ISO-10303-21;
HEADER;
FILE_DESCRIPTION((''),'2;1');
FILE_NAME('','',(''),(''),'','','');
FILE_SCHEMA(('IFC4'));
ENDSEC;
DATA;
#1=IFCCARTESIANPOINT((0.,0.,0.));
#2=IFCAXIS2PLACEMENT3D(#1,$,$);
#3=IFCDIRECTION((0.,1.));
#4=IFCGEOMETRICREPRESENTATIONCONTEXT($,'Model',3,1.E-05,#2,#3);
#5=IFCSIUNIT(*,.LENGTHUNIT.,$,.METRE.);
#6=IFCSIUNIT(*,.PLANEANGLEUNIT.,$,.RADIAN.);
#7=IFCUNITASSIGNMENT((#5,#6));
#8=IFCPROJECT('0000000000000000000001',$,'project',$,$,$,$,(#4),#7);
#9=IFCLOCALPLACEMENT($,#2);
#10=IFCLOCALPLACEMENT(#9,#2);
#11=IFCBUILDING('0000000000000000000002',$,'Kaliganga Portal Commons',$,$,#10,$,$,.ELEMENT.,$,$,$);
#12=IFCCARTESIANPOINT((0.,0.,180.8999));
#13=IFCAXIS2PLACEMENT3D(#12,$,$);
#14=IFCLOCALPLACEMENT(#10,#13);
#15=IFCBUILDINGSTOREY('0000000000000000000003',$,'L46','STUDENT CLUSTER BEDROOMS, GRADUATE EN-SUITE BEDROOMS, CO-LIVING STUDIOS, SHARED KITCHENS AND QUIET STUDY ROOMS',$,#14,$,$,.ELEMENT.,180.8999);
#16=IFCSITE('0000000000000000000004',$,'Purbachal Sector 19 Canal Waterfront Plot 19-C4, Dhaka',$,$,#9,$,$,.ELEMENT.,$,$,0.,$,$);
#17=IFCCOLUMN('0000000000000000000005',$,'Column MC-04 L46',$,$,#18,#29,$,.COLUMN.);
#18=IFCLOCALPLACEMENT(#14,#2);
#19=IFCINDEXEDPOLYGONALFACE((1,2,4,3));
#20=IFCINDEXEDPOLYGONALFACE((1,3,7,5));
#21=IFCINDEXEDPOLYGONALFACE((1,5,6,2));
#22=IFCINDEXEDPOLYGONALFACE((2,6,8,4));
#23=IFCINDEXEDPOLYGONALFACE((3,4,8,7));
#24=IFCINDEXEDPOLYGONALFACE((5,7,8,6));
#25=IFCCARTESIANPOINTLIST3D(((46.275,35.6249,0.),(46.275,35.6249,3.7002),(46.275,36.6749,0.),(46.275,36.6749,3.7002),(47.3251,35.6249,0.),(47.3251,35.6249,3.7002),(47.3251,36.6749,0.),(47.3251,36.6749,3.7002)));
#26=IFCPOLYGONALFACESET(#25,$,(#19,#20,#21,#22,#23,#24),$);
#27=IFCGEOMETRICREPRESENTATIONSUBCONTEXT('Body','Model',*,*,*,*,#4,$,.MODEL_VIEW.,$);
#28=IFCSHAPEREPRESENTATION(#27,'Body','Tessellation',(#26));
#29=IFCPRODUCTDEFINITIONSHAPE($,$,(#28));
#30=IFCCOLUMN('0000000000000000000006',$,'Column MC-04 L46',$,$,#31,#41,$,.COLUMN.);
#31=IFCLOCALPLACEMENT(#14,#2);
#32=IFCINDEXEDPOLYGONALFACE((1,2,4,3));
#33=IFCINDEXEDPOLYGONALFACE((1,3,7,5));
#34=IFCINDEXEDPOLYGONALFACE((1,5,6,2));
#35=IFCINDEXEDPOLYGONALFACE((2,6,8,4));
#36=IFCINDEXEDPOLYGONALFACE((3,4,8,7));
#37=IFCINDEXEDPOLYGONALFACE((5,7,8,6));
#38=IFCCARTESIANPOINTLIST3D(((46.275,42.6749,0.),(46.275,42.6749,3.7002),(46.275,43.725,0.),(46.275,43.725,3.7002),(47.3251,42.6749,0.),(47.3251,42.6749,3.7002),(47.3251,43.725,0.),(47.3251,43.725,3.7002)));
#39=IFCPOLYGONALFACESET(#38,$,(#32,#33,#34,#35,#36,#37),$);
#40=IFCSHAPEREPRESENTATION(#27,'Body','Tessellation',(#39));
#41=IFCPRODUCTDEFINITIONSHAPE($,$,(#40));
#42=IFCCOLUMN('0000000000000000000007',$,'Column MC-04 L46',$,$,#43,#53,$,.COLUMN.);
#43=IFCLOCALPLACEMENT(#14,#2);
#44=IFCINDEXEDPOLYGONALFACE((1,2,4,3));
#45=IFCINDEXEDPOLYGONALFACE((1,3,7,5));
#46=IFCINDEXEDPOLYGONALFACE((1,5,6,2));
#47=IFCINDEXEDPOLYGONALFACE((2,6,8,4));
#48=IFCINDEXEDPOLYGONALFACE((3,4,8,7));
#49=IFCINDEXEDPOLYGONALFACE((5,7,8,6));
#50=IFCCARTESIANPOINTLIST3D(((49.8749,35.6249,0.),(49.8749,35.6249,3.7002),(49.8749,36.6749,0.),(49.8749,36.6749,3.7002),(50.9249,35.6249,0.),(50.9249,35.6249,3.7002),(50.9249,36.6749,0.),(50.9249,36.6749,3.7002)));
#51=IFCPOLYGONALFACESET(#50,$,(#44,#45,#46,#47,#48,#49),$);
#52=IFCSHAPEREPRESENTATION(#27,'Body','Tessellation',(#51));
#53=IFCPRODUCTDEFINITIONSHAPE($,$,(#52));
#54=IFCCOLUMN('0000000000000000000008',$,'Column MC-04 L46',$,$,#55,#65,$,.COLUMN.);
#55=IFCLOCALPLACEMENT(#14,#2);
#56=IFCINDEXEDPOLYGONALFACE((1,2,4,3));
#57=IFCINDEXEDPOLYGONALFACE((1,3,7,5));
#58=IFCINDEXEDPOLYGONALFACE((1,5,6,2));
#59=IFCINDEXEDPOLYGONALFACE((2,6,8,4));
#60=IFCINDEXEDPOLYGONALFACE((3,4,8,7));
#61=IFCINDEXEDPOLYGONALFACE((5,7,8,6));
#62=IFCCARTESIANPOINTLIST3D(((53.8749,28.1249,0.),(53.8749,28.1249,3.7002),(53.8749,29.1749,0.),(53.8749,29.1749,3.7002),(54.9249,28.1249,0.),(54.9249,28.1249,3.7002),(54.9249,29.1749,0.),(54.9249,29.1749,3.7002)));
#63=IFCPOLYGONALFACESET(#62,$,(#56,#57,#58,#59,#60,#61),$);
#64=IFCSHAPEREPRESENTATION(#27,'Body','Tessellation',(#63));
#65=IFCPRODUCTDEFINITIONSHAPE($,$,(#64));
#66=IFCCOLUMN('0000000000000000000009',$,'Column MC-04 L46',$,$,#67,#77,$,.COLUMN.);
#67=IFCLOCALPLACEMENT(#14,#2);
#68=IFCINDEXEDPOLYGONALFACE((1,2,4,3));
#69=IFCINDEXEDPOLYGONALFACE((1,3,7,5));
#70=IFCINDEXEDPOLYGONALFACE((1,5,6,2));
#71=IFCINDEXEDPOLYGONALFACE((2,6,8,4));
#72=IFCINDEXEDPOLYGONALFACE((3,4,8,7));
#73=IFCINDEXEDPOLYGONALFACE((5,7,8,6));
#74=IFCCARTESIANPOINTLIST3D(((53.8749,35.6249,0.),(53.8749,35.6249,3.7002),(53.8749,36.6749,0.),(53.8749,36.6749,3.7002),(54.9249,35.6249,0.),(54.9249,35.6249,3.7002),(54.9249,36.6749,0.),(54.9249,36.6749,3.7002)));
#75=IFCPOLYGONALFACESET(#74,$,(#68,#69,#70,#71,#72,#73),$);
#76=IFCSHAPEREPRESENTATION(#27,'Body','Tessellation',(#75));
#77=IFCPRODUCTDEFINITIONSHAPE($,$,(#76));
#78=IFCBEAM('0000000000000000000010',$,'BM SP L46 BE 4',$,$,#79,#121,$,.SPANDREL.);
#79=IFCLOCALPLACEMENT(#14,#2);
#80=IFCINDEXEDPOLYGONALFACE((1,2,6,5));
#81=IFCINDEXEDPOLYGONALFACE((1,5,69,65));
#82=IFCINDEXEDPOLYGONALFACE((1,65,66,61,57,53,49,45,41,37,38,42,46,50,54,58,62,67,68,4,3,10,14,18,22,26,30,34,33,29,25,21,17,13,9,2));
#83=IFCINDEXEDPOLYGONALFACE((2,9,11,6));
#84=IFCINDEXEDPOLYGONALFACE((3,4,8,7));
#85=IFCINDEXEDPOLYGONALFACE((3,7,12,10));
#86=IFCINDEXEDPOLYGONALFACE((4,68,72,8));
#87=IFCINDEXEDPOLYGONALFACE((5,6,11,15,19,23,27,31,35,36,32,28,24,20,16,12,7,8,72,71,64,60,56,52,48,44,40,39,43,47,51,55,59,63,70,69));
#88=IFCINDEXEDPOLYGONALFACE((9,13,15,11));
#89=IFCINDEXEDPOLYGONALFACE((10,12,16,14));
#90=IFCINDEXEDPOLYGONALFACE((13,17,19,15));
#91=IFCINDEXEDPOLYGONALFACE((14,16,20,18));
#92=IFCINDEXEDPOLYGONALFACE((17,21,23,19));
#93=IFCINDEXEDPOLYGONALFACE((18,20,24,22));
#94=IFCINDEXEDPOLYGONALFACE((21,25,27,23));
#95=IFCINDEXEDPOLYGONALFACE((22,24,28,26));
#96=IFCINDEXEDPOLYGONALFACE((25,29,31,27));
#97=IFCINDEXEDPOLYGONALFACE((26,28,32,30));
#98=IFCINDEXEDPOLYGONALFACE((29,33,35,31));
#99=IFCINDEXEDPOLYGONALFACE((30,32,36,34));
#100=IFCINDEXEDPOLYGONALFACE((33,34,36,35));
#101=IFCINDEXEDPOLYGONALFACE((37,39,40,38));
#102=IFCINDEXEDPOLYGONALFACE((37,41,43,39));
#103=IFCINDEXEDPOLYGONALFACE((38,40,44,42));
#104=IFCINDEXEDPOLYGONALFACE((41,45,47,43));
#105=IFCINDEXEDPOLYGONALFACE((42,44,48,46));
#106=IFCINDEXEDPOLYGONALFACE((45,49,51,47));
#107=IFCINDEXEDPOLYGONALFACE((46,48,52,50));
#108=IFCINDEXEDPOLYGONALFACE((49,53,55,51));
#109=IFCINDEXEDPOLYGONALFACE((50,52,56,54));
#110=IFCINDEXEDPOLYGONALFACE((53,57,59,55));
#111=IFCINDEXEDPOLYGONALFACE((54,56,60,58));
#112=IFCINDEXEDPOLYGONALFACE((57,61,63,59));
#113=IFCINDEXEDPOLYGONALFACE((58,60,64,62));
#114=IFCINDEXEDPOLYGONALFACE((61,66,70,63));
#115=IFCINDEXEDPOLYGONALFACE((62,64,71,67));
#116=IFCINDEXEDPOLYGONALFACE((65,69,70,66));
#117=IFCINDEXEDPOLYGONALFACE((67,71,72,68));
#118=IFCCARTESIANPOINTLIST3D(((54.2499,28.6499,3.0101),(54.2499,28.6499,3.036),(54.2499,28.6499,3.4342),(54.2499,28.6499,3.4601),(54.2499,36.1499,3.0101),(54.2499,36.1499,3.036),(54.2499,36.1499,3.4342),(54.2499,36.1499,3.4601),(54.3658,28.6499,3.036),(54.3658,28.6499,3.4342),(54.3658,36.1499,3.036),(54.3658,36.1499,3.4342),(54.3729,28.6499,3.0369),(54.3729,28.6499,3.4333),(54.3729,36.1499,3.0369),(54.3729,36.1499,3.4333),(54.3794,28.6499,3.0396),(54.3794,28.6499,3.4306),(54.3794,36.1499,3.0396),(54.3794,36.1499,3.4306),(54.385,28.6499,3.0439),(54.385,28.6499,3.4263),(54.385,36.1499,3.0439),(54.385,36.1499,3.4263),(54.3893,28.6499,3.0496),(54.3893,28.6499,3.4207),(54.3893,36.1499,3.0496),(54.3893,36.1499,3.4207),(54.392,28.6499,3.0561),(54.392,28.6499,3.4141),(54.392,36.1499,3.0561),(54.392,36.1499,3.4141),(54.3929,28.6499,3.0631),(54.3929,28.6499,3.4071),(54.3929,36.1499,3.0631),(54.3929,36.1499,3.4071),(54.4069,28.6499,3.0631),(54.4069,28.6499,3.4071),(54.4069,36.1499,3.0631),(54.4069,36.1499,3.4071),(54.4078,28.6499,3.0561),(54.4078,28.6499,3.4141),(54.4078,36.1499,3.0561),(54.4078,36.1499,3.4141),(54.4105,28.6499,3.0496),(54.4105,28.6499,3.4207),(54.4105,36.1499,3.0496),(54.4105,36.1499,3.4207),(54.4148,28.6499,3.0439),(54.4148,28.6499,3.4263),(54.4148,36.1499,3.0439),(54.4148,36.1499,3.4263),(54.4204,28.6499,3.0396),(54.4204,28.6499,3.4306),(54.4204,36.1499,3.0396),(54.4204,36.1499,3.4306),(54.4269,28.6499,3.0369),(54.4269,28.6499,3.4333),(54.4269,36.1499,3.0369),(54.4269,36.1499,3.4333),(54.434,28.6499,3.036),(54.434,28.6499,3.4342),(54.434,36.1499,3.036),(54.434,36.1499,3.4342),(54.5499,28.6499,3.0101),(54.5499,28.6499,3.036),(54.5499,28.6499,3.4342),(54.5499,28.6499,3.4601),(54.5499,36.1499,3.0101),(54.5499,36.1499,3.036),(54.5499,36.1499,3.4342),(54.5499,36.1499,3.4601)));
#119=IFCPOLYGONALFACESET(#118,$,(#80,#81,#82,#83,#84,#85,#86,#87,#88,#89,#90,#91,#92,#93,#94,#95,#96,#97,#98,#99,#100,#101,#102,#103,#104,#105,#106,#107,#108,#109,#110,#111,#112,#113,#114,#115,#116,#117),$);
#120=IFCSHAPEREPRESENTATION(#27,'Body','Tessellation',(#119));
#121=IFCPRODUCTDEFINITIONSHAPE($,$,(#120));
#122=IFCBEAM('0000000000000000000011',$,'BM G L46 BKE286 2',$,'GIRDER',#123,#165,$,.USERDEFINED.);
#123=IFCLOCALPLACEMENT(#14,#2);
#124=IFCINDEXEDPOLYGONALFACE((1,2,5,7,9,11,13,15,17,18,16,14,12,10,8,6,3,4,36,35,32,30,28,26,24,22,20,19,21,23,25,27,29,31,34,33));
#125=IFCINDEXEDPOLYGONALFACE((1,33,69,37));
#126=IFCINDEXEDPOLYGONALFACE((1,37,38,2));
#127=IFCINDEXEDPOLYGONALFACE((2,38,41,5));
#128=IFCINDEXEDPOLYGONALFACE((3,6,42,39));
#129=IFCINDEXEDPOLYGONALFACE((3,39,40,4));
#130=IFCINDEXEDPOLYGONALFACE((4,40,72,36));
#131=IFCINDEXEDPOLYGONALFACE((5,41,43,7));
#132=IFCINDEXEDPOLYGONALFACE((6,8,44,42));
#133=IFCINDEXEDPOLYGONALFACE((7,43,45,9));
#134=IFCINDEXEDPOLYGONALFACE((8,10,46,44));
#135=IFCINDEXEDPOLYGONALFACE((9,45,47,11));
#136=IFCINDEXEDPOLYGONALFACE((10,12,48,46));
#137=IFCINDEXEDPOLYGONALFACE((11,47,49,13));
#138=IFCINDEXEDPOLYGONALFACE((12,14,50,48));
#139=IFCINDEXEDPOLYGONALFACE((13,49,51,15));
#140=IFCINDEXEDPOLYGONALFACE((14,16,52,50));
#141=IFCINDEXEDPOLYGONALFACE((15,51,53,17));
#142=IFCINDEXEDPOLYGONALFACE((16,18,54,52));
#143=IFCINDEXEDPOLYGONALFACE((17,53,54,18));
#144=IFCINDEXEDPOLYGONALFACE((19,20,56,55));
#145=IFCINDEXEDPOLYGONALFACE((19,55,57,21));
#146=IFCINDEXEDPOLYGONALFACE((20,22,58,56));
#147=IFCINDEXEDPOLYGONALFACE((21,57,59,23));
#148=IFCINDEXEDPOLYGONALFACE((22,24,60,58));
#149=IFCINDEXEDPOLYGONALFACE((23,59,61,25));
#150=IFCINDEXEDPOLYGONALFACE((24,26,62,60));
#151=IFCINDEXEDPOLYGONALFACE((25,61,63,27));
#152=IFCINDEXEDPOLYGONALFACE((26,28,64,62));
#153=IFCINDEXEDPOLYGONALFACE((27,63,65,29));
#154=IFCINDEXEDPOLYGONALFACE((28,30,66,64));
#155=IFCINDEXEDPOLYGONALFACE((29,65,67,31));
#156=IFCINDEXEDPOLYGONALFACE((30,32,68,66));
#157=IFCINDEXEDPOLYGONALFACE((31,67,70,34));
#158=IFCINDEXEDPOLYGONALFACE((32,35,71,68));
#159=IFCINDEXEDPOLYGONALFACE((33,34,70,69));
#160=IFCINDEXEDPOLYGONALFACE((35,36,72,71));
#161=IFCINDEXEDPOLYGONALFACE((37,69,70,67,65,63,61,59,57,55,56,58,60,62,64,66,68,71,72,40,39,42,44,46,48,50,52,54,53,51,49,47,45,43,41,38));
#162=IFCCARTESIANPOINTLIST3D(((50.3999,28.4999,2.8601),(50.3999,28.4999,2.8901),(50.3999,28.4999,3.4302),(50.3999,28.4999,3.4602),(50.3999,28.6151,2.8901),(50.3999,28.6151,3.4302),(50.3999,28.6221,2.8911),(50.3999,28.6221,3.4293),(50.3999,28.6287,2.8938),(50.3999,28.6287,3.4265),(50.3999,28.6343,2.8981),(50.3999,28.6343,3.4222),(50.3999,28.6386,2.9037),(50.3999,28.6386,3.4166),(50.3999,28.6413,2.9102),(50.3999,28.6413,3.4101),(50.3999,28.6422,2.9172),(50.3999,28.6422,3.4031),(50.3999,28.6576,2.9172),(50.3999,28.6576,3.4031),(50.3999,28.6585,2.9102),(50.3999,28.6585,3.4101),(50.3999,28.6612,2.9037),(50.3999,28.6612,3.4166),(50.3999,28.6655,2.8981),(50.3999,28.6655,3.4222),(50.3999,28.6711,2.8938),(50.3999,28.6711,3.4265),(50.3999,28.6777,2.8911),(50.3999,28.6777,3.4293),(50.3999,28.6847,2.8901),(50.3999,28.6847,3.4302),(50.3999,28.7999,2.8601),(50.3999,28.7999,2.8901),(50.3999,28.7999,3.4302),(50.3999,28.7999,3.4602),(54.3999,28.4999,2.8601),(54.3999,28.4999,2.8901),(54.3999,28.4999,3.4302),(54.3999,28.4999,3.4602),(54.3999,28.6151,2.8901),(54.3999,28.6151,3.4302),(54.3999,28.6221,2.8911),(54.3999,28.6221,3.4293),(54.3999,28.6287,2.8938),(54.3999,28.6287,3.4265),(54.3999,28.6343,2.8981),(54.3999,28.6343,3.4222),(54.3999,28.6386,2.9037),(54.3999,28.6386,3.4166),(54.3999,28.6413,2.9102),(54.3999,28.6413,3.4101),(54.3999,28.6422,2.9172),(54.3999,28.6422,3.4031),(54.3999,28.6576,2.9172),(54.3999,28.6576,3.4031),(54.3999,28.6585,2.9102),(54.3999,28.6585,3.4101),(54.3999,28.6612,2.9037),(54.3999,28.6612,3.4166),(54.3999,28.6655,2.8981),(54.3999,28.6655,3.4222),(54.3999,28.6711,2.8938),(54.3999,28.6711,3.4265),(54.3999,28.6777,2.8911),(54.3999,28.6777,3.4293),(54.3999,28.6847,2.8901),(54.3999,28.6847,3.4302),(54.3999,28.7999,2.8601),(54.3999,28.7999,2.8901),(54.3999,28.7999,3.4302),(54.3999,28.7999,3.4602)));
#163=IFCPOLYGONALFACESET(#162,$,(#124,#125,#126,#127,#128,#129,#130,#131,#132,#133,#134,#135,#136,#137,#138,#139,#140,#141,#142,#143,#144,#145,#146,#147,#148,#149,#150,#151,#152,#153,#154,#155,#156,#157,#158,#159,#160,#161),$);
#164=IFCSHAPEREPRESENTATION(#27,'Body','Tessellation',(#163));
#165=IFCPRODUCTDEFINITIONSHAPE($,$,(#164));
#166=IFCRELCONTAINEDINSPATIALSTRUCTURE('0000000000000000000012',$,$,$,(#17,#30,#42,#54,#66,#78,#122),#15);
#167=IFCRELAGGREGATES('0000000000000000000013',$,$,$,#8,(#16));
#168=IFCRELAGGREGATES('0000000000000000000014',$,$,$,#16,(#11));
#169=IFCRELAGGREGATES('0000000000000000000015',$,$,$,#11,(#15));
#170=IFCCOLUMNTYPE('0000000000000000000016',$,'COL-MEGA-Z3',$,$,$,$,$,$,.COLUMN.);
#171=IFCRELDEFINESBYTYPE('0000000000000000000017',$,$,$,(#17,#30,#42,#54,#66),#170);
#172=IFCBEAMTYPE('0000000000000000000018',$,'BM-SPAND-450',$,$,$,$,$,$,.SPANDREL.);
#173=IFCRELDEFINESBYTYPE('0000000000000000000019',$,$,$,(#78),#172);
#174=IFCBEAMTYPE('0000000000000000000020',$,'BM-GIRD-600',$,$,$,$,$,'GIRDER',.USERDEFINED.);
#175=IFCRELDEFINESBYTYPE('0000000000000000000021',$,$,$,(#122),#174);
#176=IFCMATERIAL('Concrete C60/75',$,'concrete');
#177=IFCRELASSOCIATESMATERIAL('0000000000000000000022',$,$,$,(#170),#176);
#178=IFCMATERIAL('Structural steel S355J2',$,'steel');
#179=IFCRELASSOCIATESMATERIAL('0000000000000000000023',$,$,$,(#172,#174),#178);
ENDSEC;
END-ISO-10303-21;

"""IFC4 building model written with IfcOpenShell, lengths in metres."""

from ifc_helpers import new_model, si_unit, direction, frame, origin, origin_2d, place, context, subcontext, project, spatial, rectangle, i_section, extrude, source, transform, mapped, material, material_profile, profile_set, type_object, element, save


model = new_model("IFC4")

# Units and contexts
model_context = context("Model", 3, precision=1e-05, world=origin(), true_north=direction((0.0, 1.0)))
body_context = subcontext(model_context, "Body", "Model", "MODEL_VIEW")
ifc_project = project(units=[si_unit("LENGTHUNIT", "METRE"), si_unit("PLANEANGLEUNIT", "RADIAN")], contexts=[model_context])

# Site, building, storey
site_placement = place(None, origin())
site = spatial("IfcSite", under=ifc_project, at=site_placement, Name="Purbachal Sector 19 Canal Waterfront Plot 19-C4, Dhaka", CompositionType="ELEMENT", RefElevation=0.0)
building_placement = place(site_placement, origin())
building = spatial("IfcBuilding", under=site, at=building_placement, Name="Kaliganga Portal Commons", CompositionType="ELEMENT")
storey_placement = place(building_placement, frame((0.0, 0.0, 180.8999)))
storey = spatial("IfcBuildingStorey", under=building, at=storey_placement, Name="L46", Description="STUDENT CLUSTER BEDROOMS, GRADUATE EN-SUITE BEDROOMS, CO-LIVING STUDIOS, SHARED KITCHENS AND QUIET STUDY ROOMS", CompositionType="ELEMENT", Elevation=180.8999)

# Columns
ifc_material_1 = material(Name="Concrete C60/75", Category="concrete")
ifc_material_profile_1 = material_profile(ifc_material_1, rectangle(XDim=1.05, YDim=1.05, at=origin_2d()), Name="RC 1050x1050")
ifc_profile_set_1 = profile_set([ifc_material_profile_1], Name="Concrete C60/75")
column_type = type_object("IfcColumnType", Name="COL-MEGA-Z3", PredefinedType="COLUMN", material=ifc_profile_set_1)
shared_shape_1 = source(origin(), body_context, "Body", "SweptSolid", [
    extrude(rectangle(XDim=1.05, YDim=1.05, at=origin_2d()), origin(), (0.0, 0.0, 1.0), 3.7002),
])
for number, where, z_axis, x_axis, name in (
    (1, (46.8, 36.1499, 0.0), (0.0, 0.0, 1.0), (1.0, 0.0, 0.0), "Column MC-04 L46"),
    (2, (46.8, 43.2, 0.0), (0.0, 0.0, 1.0), (1.0, 0.0, 0.0), "Column MC-04 L46"),
    (3, (50.3999, 36.1499, 0.0), (0.0, 0.0, 1.0), (1.0, 0.0, 0.0), "Column MC-04 L46"),
    (4, (54.3999, 28.6499, 0.0), (0.0, 0.0, 1.0), (1.0, 0.0, 0.0), "Column MC-04 L46"),
    (5, (54.3999, 36.1499, 0.0), (0.0, 0.0, 1.0), (1.0, 0.0, 0.0), "Column MC-04 L46"),
):
    element("IfcColumn", number, at=place(storey_placement, frame(where, z_axis=z_axis, x_axis=x_axis)), inside=storey, type_object=column_type, Name=name, PredefinedType="COLUMN", context=body_context, shape_type="MappedRepresentation", body=[
        mapped(shared_shape_1, transform((0.0, 0.0, 0.0), x_axis=(1.0, 0.0, 0.0), y_axis=(0.0, 1.0, 0.0), z_axis=(0.0, 0.0, 1.0), scale=1.0)),
    ])

# Beams
ifc_material_2 = material(Name="Structural steel S355J2", Category="steel")
ifc_material_profile_2 = material_profile(ifc_material_2, i_section(OverallWidth=0.3, OverallDepth=0.45, WebThickness=0.0139, FlangeThickness=0.0259, FilletRadius=0.0271, at=origin_2d()), Name="HE 450 B")
ifc_profile_set_2 = profile_set([ifc_material_profile_2], Name="Structural steel S355J2 wide-flange")
beam_type_1 = type_object("IfcBeamType", Name="BM-SPAND-450", PredefinedType="SPANDREL", material=ifc_profile_set_2)
shared_shape_2 = source(origin(), body_context, "Body", "SweptSolid", [
    extrude(i_section(OverallWidth=0.3, OverallDepth=0.45, WebThickness=0.0139, FlangeThickness=0.0259, FilletRadius=0.0271, at=origin_2d()), origin(), (0.0, 0.0, 1.0), 7.5),
])
beam_1_placement = place(storey_placement, frame((54.3999, 28.6499, 3.2351), z_axis=(0.0, 1.0, 0.0), x_axis=(-1.0, 0.0, 0.0)))
element("IfcBeam", 6, at=beam_1_placement, inside=storey, type_object=beam_type_1, Name="BM SP L46 BE 4", PredefinedType="SPANDREL", context=body_context, shape_type="MappedRepresentation", body=[
    mapped(shared_shape_2, transform((0.0, 0.0, 0.0), x_axis=(1.0, 0.0, 0.0), y_axis=(0.0, 1.0, 0.0), z_axis=(0.0, 0.0, 1.0), scale=1.0)),
])
ifc_material_profile_3 = material_profile(ifc_material_2, i_section(OverallWidth=0.3, OverallDepth=0.6001, WebThickness=0.0154, FlangeThickness=0.03, FilletRadius=0.0271, at=origin_2d()), Name="HE 600 B")
ifc_profile_set_3 = profile_set([ifc_material_profile_3], Name="Structural steel S355J2 wide-flange")
beam_type_2 = type_object("IfcBeamType", Name="BM-GIRD-600", ElementType="GIRDER", PredefinedType="USERDEFINED", material=ifc_profile_set_3)
shared_shape_3 = source(origin(), body_context, "Body", "SweptSolid", [
    extrude(i_section(OverallWidth=0.3, OverallDepth=0.6001, WebThickness=0.0154, FlangeThickness=0.03, FilletRadius=0.0271, at=origin_2d()), origin(), (0.0, 0.0, 1.0), 4.0),
])
for number, where, z_axis, x_axis, name in (
    (7, (50.3999, 28.6499, 3.1602), (1.0, 0.0, 0.0), (0.0, 1.0, 0.0), "BM G L46 BKE286 2"),
):
    element("IfcBeam", number, at=place(storey_placement, frame(where, z_axis=z_axis, x_axis=x_axis)), inside=storey, type_object=beam_type_2, Name=name, ObjectType="GIRDER", PredefinedType="USERDEFINED", context=body_context, shape_type="MappedRepresentation", body=[
        mapped(shared_shape_3, transform((0.0, 0.0, 0.0), x_axis=(1.0, 0.0, 0.0), y_axis=(0.0, 1.0, 0.0), z_axis=(0.0, 0.0, 1.0), scale=1.0)),
    ])

save(model, "model.ifc")
